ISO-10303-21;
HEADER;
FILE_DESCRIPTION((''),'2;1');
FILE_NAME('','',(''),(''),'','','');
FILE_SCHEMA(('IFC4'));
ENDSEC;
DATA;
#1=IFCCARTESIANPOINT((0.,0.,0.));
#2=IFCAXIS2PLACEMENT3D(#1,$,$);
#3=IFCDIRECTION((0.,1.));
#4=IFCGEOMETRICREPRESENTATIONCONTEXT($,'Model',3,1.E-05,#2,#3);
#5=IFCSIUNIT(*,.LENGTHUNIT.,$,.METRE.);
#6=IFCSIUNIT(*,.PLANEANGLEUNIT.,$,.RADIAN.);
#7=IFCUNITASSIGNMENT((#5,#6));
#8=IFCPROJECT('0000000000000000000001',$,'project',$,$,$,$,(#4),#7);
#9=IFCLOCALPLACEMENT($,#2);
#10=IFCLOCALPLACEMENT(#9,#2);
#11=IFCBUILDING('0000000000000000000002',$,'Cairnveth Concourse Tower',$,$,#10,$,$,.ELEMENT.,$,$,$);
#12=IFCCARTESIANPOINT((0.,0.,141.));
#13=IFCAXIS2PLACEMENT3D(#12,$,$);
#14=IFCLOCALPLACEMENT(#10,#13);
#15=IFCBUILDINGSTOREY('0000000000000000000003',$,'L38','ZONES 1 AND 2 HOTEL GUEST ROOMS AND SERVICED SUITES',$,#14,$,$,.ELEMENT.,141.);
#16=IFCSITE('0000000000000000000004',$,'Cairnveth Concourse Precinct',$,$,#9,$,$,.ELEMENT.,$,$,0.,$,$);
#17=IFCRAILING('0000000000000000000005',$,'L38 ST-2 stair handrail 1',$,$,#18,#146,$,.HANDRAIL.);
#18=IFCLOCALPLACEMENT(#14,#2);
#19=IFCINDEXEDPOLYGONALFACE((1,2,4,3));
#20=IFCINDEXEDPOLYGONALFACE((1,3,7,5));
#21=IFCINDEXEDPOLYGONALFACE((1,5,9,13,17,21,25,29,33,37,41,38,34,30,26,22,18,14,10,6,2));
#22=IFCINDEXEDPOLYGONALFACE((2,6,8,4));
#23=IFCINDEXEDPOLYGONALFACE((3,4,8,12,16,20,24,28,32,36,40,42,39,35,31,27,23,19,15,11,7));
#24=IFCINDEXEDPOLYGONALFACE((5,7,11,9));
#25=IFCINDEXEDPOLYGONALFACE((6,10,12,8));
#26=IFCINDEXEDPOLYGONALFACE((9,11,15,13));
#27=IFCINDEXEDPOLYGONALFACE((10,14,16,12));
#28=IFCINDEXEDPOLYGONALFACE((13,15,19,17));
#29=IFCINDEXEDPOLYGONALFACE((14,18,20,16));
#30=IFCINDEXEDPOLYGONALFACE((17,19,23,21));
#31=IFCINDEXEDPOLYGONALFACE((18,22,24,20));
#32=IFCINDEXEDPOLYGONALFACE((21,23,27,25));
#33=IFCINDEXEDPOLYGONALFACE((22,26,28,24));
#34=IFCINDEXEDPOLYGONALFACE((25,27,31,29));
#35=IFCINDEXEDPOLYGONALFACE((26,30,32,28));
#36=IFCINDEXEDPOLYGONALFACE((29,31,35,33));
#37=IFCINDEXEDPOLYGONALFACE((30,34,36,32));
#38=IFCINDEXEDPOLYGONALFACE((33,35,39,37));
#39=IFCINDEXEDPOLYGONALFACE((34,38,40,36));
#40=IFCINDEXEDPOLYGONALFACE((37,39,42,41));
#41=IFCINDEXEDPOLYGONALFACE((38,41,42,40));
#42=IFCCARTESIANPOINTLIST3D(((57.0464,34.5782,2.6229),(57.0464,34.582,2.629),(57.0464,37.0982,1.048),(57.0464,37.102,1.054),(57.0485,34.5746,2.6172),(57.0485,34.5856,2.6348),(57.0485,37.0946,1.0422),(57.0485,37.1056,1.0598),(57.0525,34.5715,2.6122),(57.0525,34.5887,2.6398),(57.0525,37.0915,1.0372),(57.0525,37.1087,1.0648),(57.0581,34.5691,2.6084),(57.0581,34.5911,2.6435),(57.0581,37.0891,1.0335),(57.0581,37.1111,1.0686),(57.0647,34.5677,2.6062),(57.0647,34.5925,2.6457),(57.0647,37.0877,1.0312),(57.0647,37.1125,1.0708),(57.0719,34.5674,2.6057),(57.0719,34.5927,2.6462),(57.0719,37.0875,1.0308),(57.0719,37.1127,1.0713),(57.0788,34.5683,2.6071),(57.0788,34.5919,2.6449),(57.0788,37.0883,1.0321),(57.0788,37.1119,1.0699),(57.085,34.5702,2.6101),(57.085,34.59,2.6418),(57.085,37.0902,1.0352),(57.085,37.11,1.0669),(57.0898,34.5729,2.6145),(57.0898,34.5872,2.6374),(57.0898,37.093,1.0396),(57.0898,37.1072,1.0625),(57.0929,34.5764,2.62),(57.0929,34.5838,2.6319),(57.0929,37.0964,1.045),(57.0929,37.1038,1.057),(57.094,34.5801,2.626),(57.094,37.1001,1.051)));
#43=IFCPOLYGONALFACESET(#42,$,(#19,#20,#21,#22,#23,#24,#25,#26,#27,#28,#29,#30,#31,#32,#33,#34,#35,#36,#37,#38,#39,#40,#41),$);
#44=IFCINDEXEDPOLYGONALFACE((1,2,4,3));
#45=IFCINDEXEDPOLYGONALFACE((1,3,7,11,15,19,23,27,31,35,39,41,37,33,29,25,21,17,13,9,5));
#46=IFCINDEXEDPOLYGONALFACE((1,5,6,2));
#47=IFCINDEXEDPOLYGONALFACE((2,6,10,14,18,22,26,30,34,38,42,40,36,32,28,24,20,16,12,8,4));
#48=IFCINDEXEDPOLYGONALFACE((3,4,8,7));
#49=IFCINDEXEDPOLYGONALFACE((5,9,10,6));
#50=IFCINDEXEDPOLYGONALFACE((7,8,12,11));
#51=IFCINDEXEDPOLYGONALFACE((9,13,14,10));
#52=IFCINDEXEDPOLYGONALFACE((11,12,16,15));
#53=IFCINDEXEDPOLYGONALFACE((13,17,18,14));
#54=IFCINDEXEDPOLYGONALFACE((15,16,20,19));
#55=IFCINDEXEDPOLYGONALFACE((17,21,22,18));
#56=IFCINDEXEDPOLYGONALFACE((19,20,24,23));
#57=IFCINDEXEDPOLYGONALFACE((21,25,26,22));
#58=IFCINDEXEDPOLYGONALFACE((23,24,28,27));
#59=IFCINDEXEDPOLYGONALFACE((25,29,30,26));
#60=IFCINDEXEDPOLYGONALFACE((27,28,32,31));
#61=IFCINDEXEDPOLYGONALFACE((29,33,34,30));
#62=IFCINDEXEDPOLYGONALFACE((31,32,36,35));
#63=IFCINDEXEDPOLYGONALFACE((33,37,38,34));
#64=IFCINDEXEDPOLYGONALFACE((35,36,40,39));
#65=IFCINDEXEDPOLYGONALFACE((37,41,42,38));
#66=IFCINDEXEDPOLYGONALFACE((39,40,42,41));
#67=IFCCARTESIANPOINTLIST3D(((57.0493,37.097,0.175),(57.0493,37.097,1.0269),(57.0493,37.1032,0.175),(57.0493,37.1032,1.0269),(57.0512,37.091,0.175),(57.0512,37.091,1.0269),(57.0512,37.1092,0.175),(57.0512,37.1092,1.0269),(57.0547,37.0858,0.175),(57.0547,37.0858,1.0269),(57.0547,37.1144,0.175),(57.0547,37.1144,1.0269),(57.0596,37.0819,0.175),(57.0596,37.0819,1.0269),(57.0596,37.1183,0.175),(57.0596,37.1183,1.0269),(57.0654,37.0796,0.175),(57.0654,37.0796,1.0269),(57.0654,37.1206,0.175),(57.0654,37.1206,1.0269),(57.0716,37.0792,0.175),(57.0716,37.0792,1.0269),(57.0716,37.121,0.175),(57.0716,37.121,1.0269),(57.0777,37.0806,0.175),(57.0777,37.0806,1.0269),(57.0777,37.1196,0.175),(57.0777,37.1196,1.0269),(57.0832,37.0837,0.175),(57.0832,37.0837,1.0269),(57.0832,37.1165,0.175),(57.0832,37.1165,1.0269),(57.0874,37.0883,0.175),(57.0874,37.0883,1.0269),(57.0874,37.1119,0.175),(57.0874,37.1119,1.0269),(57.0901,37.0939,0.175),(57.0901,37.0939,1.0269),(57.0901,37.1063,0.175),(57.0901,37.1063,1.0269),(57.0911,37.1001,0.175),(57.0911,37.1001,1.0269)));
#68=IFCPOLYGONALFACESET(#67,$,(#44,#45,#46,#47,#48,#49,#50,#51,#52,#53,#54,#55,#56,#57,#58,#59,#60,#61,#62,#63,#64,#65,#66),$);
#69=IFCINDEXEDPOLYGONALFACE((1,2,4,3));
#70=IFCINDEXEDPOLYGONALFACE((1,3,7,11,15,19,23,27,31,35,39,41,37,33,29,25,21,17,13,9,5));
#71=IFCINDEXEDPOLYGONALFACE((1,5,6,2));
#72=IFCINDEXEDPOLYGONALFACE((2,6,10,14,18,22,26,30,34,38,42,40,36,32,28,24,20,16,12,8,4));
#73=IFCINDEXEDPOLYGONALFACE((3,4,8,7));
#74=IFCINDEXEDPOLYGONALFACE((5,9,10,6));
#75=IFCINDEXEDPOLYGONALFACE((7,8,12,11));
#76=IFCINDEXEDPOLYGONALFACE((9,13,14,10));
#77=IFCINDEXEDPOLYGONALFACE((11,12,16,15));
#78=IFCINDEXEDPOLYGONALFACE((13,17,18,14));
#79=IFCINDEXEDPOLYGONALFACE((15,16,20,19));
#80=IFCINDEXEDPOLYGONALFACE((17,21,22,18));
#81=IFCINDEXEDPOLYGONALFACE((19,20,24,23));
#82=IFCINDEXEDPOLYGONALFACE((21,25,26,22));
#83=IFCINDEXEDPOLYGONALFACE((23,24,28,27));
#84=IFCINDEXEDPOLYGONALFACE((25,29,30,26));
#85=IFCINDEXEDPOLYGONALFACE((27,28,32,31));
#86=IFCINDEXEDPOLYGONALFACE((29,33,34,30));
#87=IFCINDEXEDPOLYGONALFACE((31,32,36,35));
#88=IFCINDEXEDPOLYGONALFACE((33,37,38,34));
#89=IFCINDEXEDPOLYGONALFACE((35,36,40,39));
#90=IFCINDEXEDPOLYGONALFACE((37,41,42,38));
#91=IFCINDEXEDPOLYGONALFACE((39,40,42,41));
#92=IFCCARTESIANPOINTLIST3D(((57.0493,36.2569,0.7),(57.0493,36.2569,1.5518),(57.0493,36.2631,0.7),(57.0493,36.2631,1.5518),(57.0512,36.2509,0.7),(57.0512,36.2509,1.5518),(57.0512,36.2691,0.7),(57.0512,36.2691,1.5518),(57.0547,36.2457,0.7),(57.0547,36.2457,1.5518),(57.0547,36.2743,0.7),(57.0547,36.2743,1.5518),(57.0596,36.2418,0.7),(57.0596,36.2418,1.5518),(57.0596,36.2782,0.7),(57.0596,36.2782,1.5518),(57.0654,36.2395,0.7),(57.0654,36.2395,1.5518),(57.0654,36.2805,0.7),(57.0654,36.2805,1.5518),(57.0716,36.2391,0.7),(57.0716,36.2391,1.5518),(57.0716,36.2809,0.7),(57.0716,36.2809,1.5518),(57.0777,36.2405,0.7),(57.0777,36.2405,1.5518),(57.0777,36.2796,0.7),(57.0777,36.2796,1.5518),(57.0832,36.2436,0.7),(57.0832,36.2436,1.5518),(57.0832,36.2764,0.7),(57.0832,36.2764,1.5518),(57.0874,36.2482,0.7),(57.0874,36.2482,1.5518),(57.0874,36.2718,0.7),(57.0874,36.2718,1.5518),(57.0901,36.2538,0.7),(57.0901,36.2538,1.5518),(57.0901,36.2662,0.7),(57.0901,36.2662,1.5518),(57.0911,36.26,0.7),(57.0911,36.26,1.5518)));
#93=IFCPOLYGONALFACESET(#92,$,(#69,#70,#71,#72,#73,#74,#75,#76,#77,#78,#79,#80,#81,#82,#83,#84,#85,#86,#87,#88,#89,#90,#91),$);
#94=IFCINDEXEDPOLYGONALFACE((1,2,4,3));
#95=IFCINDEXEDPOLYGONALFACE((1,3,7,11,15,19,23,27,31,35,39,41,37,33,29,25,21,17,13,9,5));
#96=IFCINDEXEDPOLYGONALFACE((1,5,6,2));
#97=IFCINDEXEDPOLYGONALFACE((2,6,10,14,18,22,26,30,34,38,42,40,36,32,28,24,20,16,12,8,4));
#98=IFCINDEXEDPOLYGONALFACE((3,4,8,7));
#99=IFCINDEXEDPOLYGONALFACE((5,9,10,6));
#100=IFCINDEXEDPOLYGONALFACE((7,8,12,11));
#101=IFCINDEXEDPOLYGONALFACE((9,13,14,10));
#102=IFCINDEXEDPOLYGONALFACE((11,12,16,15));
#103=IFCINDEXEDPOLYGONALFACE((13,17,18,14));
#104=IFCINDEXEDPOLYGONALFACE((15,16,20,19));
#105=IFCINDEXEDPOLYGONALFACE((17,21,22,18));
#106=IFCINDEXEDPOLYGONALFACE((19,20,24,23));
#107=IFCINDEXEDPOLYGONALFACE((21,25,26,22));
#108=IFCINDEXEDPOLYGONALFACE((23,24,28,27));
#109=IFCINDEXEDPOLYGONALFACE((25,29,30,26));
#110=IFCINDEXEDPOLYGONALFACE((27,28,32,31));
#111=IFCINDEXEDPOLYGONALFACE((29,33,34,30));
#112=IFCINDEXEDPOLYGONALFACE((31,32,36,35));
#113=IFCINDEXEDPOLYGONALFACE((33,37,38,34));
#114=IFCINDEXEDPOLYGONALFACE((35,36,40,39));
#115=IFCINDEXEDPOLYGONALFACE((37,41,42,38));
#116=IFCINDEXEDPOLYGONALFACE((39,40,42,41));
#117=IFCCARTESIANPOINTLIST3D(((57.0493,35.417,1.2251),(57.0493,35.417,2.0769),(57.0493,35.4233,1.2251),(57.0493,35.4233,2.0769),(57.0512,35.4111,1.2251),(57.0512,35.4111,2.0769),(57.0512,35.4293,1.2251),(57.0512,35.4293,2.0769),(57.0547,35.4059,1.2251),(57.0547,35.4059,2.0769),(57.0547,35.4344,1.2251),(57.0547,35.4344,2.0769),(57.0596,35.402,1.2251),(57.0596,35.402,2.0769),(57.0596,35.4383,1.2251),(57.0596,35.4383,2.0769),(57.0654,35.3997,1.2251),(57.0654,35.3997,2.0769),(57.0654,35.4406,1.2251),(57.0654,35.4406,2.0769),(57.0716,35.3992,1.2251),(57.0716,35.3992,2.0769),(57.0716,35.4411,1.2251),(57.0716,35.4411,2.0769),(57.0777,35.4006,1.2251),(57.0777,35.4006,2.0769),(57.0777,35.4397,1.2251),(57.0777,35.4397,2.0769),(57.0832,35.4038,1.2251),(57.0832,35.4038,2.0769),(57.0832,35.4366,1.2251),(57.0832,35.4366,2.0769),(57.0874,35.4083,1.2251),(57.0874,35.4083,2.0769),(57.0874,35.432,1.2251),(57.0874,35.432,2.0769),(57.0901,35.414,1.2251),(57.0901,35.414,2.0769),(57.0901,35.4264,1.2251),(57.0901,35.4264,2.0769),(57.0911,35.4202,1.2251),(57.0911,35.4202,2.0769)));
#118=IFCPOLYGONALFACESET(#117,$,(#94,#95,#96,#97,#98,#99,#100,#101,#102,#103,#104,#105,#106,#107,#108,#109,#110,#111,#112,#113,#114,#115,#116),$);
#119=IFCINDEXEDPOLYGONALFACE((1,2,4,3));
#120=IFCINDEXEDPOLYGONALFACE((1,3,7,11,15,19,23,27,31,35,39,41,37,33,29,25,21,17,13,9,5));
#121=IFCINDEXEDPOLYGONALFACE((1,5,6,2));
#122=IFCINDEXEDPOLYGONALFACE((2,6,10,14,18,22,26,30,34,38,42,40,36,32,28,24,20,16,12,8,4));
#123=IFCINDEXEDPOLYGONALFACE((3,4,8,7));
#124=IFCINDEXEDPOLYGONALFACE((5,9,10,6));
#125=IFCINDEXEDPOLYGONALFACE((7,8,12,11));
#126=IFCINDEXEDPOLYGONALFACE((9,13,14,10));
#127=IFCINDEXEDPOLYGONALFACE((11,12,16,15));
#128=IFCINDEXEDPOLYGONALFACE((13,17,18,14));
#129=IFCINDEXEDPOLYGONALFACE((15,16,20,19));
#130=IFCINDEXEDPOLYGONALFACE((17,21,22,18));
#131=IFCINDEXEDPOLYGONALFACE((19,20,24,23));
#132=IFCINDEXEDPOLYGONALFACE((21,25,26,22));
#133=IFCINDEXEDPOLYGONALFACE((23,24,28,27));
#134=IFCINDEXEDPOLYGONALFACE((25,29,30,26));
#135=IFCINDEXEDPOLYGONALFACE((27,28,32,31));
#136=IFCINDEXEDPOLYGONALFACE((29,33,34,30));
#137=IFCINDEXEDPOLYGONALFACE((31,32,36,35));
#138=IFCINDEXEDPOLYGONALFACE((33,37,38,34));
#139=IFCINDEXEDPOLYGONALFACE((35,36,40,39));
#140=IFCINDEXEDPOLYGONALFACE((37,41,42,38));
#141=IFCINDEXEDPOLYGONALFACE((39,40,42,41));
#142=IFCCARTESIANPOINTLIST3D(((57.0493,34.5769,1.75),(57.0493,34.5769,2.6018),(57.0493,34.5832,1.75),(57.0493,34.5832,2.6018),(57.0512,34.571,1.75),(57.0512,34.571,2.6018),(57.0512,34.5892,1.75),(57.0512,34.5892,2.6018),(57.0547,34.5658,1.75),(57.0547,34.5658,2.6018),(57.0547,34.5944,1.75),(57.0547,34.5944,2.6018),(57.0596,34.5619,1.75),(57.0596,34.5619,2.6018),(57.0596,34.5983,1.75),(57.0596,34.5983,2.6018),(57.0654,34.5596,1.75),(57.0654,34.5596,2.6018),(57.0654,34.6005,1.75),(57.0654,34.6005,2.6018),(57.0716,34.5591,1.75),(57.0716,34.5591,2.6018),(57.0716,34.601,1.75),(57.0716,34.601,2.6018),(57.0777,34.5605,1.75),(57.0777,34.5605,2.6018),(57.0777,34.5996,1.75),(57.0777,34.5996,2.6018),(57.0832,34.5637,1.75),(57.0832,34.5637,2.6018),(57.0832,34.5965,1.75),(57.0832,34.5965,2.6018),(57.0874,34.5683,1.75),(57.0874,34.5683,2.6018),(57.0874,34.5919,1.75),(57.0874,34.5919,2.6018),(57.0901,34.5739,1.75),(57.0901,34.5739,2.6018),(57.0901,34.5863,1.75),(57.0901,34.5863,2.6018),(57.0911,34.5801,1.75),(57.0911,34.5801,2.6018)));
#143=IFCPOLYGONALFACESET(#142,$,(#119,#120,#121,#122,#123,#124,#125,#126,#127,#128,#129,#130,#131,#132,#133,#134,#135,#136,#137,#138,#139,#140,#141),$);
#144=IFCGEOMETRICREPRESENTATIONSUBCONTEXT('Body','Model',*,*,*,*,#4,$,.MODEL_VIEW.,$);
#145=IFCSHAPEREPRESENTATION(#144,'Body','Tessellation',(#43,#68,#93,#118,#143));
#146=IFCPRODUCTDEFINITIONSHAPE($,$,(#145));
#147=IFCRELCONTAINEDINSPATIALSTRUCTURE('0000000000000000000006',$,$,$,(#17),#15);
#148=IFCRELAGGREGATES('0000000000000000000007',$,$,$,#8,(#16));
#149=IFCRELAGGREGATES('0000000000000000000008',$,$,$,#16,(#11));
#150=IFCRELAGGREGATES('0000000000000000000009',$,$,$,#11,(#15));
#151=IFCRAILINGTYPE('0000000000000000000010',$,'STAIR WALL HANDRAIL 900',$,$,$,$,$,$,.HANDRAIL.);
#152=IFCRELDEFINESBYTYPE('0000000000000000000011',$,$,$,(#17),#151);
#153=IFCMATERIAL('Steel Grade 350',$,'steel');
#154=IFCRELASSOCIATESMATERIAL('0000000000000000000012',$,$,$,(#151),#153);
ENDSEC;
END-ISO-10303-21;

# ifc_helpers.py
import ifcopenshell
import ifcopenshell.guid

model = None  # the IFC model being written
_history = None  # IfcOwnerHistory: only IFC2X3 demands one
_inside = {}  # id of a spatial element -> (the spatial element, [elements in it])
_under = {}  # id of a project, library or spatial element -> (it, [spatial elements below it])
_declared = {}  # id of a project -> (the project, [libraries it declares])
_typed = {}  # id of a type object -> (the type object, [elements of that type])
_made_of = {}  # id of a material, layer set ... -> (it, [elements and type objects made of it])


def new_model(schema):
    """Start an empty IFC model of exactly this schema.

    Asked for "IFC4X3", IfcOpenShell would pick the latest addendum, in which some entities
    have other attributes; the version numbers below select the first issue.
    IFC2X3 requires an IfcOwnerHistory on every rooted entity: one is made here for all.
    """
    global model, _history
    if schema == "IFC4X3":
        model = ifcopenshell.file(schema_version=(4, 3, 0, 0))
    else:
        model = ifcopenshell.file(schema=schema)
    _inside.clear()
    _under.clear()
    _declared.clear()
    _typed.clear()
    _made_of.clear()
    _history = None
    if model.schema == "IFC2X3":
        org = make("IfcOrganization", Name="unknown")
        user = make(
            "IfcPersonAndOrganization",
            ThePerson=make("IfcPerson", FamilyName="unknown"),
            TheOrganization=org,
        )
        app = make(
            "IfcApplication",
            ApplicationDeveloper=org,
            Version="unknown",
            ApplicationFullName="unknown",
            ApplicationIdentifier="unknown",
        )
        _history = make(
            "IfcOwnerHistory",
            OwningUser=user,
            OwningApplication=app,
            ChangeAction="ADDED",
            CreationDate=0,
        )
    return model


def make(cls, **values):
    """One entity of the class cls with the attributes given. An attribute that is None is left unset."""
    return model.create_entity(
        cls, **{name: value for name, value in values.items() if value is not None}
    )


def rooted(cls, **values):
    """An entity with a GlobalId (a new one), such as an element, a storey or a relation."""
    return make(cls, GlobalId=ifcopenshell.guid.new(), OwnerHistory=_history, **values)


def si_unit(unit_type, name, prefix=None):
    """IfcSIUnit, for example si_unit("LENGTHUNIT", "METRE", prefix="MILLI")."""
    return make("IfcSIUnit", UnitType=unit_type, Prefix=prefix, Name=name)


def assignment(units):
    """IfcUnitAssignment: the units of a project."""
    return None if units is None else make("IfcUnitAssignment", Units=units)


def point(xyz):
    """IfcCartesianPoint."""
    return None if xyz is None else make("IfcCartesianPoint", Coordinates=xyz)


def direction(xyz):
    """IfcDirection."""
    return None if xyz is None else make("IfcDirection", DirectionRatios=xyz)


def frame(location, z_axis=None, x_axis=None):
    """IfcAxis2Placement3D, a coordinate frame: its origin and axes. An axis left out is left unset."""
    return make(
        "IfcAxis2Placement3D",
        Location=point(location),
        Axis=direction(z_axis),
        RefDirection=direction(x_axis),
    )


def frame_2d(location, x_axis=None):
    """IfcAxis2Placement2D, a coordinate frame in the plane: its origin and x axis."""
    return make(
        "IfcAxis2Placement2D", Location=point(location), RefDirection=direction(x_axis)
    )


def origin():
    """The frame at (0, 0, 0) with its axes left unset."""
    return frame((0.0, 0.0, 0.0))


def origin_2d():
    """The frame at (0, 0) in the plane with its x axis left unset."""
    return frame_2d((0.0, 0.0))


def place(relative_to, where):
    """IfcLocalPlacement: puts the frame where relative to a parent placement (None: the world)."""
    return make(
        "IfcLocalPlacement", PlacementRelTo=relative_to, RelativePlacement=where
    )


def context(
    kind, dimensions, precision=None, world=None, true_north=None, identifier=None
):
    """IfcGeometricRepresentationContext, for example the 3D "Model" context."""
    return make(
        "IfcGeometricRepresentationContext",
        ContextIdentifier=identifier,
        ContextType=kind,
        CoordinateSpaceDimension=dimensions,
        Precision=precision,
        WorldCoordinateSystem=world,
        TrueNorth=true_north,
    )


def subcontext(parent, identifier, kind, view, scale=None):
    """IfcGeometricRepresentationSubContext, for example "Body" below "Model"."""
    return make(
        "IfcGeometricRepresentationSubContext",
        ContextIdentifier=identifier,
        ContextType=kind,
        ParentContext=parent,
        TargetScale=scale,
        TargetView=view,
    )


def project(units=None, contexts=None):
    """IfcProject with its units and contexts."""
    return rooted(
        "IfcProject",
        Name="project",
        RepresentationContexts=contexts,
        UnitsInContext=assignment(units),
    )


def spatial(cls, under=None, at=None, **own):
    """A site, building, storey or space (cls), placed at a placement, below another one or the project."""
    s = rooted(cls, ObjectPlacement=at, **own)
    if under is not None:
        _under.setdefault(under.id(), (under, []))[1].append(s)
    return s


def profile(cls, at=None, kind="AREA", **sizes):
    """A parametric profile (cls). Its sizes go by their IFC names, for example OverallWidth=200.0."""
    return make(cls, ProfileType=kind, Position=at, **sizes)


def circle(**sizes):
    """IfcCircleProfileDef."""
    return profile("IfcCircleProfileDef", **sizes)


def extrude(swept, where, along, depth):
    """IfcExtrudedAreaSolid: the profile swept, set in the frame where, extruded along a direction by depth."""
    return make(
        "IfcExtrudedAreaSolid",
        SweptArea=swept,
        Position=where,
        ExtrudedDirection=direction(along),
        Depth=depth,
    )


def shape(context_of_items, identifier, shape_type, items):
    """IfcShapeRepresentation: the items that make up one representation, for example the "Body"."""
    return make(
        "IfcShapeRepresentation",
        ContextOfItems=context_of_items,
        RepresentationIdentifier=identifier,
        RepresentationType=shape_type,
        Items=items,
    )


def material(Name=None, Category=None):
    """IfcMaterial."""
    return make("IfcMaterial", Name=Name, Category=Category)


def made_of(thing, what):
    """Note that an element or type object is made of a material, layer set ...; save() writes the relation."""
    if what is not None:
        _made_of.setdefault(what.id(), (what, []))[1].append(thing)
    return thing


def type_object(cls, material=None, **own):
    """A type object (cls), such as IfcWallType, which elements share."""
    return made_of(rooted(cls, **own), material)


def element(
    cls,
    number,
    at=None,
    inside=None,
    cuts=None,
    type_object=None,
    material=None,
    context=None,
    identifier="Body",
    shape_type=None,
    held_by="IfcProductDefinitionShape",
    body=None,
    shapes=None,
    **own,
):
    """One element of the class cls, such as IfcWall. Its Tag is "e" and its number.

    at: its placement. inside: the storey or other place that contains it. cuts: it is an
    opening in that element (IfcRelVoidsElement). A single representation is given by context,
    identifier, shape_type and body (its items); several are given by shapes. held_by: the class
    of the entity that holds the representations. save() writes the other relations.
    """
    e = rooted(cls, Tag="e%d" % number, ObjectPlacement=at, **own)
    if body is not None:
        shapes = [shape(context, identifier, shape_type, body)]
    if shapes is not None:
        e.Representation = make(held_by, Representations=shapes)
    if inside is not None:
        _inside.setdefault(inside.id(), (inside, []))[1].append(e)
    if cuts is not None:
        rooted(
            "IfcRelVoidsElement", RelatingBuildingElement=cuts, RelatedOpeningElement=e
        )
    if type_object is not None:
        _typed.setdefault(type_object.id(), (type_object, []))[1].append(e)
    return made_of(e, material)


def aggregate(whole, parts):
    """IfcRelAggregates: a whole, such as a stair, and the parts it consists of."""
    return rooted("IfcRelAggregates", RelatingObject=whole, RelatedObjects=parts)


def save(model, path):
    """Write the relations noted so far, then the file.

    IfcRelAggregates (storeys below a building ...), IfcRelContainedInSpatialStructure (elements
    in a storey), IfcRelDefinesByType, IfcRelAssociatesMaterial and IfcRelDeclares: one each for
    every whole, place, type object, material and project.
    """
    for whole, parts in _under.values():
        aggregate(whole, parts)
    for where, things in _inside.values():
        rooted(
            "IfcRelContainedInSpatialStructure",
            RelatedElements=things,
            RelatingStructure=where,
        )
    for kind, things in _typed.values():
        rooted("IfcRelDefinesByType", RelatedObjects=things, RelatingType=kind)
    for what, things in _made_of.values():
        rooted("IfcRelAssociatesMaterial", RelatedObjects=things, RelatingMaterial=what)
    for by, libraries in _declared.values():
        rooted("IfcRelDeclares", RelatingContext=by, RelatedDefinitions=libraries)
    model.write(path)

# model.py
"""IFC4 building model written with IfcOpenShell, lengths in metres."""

from ifc_helpers import new_model, si_unit, direction, frame, origin, origin_2d, place, context, subcontext, project, spatial, circle, extrude, material, type_object, element, save


model = new_model("IFC4")

# Units and contexts
model_context = context("Model", 3, precision=1e-05, world=origin(), true_north=direction((0.0, 1.0)))
body_context = subcontext(model_context, "Body", "Model", "MODEL_VIEW")
ifc_project = project(units=[si_unit("LENGTHUNIT", "METRE"), si_unit("PLANEANGLEUNIT", "RADIAN")], contexts=[model_context])

# Site, building, storey
site_placement = place(None, origin())
site = spatial("IfcSite", under=ifc_project, at=site_placement, Name="Cairnveth Concourse Precinct", CompositionType="ELEMENT", RefElevation=0.0)
building_placement = place(site_placement, origin())
building = spatial("IfcBuilding", under=site, at=building_placement, Name="Cairnveth Concourse Tower", CompositionType="ELEMENT")
storey_placement = place(building_placement, frame((0.0, 0.0, 141.0)))
storey = spatial("IfcBuildingStorey", under=building, at=storey_placement, Name="L38", Description="ZONES 1 AND 2 HOTEL GUEST ROOMS AND SERVICED SUITES", CompositionType="ELEMENT", Elevation=141.0)

# Shared definitions
ifc_material_1 = material(Name="Steel Grade 350", Category="steel")

# Railing
railing_type_1 = type_object("IfcRailingType", Name="STAIR WALL HANDRAIL 900", PredefinedType="HANDRAIL", material=ifc_material_1)
railing_1_placement = place(storey_placement, frame((57.0701, 37.1001, 0.175)))
element("IfcRailing", 1, at=railing_1_placement, inside=storey, type_object=railing_type_1, Name="L38 ST-2 stair handrail 1", PredefinedType="HANDRAIL", context=body_context, shape_type="SweptSolid", body=[
    extrude(circle(Radius=0.0239, at=origin_2d()), frame((0.0, 0.0, 0.876), z_axis=(0.0, -0.848008, 0.529984), x_axis=(1.0, 0.0, 0.0)), (0.0, 0.0, 1.0), 2.9717),
    extrude(circle(Radius=0.021, at=origin_2d()), origin(), (0.0, 0.0, 1.0), 0.8518),
    extrude(circle(Radius=0.021, at=origin_2d()), frame((0.0, -0.8401, 0.5249)), (0.0, 0.0, 1.0), 0.8518),
    extrude(circle(Radius=0.021, at=origin_2d()), frame((0.0, -1.6799, 1.05)), (0.0, 0.0, 1.0), 0.8518),
    extrude(circle(Radius=0.021, at=origin_2d()), frame((0.0, -2.52, 1.575)), (0.0, 0.0, 1.0), 0.8518),
])

save(model, "model.ifc")
